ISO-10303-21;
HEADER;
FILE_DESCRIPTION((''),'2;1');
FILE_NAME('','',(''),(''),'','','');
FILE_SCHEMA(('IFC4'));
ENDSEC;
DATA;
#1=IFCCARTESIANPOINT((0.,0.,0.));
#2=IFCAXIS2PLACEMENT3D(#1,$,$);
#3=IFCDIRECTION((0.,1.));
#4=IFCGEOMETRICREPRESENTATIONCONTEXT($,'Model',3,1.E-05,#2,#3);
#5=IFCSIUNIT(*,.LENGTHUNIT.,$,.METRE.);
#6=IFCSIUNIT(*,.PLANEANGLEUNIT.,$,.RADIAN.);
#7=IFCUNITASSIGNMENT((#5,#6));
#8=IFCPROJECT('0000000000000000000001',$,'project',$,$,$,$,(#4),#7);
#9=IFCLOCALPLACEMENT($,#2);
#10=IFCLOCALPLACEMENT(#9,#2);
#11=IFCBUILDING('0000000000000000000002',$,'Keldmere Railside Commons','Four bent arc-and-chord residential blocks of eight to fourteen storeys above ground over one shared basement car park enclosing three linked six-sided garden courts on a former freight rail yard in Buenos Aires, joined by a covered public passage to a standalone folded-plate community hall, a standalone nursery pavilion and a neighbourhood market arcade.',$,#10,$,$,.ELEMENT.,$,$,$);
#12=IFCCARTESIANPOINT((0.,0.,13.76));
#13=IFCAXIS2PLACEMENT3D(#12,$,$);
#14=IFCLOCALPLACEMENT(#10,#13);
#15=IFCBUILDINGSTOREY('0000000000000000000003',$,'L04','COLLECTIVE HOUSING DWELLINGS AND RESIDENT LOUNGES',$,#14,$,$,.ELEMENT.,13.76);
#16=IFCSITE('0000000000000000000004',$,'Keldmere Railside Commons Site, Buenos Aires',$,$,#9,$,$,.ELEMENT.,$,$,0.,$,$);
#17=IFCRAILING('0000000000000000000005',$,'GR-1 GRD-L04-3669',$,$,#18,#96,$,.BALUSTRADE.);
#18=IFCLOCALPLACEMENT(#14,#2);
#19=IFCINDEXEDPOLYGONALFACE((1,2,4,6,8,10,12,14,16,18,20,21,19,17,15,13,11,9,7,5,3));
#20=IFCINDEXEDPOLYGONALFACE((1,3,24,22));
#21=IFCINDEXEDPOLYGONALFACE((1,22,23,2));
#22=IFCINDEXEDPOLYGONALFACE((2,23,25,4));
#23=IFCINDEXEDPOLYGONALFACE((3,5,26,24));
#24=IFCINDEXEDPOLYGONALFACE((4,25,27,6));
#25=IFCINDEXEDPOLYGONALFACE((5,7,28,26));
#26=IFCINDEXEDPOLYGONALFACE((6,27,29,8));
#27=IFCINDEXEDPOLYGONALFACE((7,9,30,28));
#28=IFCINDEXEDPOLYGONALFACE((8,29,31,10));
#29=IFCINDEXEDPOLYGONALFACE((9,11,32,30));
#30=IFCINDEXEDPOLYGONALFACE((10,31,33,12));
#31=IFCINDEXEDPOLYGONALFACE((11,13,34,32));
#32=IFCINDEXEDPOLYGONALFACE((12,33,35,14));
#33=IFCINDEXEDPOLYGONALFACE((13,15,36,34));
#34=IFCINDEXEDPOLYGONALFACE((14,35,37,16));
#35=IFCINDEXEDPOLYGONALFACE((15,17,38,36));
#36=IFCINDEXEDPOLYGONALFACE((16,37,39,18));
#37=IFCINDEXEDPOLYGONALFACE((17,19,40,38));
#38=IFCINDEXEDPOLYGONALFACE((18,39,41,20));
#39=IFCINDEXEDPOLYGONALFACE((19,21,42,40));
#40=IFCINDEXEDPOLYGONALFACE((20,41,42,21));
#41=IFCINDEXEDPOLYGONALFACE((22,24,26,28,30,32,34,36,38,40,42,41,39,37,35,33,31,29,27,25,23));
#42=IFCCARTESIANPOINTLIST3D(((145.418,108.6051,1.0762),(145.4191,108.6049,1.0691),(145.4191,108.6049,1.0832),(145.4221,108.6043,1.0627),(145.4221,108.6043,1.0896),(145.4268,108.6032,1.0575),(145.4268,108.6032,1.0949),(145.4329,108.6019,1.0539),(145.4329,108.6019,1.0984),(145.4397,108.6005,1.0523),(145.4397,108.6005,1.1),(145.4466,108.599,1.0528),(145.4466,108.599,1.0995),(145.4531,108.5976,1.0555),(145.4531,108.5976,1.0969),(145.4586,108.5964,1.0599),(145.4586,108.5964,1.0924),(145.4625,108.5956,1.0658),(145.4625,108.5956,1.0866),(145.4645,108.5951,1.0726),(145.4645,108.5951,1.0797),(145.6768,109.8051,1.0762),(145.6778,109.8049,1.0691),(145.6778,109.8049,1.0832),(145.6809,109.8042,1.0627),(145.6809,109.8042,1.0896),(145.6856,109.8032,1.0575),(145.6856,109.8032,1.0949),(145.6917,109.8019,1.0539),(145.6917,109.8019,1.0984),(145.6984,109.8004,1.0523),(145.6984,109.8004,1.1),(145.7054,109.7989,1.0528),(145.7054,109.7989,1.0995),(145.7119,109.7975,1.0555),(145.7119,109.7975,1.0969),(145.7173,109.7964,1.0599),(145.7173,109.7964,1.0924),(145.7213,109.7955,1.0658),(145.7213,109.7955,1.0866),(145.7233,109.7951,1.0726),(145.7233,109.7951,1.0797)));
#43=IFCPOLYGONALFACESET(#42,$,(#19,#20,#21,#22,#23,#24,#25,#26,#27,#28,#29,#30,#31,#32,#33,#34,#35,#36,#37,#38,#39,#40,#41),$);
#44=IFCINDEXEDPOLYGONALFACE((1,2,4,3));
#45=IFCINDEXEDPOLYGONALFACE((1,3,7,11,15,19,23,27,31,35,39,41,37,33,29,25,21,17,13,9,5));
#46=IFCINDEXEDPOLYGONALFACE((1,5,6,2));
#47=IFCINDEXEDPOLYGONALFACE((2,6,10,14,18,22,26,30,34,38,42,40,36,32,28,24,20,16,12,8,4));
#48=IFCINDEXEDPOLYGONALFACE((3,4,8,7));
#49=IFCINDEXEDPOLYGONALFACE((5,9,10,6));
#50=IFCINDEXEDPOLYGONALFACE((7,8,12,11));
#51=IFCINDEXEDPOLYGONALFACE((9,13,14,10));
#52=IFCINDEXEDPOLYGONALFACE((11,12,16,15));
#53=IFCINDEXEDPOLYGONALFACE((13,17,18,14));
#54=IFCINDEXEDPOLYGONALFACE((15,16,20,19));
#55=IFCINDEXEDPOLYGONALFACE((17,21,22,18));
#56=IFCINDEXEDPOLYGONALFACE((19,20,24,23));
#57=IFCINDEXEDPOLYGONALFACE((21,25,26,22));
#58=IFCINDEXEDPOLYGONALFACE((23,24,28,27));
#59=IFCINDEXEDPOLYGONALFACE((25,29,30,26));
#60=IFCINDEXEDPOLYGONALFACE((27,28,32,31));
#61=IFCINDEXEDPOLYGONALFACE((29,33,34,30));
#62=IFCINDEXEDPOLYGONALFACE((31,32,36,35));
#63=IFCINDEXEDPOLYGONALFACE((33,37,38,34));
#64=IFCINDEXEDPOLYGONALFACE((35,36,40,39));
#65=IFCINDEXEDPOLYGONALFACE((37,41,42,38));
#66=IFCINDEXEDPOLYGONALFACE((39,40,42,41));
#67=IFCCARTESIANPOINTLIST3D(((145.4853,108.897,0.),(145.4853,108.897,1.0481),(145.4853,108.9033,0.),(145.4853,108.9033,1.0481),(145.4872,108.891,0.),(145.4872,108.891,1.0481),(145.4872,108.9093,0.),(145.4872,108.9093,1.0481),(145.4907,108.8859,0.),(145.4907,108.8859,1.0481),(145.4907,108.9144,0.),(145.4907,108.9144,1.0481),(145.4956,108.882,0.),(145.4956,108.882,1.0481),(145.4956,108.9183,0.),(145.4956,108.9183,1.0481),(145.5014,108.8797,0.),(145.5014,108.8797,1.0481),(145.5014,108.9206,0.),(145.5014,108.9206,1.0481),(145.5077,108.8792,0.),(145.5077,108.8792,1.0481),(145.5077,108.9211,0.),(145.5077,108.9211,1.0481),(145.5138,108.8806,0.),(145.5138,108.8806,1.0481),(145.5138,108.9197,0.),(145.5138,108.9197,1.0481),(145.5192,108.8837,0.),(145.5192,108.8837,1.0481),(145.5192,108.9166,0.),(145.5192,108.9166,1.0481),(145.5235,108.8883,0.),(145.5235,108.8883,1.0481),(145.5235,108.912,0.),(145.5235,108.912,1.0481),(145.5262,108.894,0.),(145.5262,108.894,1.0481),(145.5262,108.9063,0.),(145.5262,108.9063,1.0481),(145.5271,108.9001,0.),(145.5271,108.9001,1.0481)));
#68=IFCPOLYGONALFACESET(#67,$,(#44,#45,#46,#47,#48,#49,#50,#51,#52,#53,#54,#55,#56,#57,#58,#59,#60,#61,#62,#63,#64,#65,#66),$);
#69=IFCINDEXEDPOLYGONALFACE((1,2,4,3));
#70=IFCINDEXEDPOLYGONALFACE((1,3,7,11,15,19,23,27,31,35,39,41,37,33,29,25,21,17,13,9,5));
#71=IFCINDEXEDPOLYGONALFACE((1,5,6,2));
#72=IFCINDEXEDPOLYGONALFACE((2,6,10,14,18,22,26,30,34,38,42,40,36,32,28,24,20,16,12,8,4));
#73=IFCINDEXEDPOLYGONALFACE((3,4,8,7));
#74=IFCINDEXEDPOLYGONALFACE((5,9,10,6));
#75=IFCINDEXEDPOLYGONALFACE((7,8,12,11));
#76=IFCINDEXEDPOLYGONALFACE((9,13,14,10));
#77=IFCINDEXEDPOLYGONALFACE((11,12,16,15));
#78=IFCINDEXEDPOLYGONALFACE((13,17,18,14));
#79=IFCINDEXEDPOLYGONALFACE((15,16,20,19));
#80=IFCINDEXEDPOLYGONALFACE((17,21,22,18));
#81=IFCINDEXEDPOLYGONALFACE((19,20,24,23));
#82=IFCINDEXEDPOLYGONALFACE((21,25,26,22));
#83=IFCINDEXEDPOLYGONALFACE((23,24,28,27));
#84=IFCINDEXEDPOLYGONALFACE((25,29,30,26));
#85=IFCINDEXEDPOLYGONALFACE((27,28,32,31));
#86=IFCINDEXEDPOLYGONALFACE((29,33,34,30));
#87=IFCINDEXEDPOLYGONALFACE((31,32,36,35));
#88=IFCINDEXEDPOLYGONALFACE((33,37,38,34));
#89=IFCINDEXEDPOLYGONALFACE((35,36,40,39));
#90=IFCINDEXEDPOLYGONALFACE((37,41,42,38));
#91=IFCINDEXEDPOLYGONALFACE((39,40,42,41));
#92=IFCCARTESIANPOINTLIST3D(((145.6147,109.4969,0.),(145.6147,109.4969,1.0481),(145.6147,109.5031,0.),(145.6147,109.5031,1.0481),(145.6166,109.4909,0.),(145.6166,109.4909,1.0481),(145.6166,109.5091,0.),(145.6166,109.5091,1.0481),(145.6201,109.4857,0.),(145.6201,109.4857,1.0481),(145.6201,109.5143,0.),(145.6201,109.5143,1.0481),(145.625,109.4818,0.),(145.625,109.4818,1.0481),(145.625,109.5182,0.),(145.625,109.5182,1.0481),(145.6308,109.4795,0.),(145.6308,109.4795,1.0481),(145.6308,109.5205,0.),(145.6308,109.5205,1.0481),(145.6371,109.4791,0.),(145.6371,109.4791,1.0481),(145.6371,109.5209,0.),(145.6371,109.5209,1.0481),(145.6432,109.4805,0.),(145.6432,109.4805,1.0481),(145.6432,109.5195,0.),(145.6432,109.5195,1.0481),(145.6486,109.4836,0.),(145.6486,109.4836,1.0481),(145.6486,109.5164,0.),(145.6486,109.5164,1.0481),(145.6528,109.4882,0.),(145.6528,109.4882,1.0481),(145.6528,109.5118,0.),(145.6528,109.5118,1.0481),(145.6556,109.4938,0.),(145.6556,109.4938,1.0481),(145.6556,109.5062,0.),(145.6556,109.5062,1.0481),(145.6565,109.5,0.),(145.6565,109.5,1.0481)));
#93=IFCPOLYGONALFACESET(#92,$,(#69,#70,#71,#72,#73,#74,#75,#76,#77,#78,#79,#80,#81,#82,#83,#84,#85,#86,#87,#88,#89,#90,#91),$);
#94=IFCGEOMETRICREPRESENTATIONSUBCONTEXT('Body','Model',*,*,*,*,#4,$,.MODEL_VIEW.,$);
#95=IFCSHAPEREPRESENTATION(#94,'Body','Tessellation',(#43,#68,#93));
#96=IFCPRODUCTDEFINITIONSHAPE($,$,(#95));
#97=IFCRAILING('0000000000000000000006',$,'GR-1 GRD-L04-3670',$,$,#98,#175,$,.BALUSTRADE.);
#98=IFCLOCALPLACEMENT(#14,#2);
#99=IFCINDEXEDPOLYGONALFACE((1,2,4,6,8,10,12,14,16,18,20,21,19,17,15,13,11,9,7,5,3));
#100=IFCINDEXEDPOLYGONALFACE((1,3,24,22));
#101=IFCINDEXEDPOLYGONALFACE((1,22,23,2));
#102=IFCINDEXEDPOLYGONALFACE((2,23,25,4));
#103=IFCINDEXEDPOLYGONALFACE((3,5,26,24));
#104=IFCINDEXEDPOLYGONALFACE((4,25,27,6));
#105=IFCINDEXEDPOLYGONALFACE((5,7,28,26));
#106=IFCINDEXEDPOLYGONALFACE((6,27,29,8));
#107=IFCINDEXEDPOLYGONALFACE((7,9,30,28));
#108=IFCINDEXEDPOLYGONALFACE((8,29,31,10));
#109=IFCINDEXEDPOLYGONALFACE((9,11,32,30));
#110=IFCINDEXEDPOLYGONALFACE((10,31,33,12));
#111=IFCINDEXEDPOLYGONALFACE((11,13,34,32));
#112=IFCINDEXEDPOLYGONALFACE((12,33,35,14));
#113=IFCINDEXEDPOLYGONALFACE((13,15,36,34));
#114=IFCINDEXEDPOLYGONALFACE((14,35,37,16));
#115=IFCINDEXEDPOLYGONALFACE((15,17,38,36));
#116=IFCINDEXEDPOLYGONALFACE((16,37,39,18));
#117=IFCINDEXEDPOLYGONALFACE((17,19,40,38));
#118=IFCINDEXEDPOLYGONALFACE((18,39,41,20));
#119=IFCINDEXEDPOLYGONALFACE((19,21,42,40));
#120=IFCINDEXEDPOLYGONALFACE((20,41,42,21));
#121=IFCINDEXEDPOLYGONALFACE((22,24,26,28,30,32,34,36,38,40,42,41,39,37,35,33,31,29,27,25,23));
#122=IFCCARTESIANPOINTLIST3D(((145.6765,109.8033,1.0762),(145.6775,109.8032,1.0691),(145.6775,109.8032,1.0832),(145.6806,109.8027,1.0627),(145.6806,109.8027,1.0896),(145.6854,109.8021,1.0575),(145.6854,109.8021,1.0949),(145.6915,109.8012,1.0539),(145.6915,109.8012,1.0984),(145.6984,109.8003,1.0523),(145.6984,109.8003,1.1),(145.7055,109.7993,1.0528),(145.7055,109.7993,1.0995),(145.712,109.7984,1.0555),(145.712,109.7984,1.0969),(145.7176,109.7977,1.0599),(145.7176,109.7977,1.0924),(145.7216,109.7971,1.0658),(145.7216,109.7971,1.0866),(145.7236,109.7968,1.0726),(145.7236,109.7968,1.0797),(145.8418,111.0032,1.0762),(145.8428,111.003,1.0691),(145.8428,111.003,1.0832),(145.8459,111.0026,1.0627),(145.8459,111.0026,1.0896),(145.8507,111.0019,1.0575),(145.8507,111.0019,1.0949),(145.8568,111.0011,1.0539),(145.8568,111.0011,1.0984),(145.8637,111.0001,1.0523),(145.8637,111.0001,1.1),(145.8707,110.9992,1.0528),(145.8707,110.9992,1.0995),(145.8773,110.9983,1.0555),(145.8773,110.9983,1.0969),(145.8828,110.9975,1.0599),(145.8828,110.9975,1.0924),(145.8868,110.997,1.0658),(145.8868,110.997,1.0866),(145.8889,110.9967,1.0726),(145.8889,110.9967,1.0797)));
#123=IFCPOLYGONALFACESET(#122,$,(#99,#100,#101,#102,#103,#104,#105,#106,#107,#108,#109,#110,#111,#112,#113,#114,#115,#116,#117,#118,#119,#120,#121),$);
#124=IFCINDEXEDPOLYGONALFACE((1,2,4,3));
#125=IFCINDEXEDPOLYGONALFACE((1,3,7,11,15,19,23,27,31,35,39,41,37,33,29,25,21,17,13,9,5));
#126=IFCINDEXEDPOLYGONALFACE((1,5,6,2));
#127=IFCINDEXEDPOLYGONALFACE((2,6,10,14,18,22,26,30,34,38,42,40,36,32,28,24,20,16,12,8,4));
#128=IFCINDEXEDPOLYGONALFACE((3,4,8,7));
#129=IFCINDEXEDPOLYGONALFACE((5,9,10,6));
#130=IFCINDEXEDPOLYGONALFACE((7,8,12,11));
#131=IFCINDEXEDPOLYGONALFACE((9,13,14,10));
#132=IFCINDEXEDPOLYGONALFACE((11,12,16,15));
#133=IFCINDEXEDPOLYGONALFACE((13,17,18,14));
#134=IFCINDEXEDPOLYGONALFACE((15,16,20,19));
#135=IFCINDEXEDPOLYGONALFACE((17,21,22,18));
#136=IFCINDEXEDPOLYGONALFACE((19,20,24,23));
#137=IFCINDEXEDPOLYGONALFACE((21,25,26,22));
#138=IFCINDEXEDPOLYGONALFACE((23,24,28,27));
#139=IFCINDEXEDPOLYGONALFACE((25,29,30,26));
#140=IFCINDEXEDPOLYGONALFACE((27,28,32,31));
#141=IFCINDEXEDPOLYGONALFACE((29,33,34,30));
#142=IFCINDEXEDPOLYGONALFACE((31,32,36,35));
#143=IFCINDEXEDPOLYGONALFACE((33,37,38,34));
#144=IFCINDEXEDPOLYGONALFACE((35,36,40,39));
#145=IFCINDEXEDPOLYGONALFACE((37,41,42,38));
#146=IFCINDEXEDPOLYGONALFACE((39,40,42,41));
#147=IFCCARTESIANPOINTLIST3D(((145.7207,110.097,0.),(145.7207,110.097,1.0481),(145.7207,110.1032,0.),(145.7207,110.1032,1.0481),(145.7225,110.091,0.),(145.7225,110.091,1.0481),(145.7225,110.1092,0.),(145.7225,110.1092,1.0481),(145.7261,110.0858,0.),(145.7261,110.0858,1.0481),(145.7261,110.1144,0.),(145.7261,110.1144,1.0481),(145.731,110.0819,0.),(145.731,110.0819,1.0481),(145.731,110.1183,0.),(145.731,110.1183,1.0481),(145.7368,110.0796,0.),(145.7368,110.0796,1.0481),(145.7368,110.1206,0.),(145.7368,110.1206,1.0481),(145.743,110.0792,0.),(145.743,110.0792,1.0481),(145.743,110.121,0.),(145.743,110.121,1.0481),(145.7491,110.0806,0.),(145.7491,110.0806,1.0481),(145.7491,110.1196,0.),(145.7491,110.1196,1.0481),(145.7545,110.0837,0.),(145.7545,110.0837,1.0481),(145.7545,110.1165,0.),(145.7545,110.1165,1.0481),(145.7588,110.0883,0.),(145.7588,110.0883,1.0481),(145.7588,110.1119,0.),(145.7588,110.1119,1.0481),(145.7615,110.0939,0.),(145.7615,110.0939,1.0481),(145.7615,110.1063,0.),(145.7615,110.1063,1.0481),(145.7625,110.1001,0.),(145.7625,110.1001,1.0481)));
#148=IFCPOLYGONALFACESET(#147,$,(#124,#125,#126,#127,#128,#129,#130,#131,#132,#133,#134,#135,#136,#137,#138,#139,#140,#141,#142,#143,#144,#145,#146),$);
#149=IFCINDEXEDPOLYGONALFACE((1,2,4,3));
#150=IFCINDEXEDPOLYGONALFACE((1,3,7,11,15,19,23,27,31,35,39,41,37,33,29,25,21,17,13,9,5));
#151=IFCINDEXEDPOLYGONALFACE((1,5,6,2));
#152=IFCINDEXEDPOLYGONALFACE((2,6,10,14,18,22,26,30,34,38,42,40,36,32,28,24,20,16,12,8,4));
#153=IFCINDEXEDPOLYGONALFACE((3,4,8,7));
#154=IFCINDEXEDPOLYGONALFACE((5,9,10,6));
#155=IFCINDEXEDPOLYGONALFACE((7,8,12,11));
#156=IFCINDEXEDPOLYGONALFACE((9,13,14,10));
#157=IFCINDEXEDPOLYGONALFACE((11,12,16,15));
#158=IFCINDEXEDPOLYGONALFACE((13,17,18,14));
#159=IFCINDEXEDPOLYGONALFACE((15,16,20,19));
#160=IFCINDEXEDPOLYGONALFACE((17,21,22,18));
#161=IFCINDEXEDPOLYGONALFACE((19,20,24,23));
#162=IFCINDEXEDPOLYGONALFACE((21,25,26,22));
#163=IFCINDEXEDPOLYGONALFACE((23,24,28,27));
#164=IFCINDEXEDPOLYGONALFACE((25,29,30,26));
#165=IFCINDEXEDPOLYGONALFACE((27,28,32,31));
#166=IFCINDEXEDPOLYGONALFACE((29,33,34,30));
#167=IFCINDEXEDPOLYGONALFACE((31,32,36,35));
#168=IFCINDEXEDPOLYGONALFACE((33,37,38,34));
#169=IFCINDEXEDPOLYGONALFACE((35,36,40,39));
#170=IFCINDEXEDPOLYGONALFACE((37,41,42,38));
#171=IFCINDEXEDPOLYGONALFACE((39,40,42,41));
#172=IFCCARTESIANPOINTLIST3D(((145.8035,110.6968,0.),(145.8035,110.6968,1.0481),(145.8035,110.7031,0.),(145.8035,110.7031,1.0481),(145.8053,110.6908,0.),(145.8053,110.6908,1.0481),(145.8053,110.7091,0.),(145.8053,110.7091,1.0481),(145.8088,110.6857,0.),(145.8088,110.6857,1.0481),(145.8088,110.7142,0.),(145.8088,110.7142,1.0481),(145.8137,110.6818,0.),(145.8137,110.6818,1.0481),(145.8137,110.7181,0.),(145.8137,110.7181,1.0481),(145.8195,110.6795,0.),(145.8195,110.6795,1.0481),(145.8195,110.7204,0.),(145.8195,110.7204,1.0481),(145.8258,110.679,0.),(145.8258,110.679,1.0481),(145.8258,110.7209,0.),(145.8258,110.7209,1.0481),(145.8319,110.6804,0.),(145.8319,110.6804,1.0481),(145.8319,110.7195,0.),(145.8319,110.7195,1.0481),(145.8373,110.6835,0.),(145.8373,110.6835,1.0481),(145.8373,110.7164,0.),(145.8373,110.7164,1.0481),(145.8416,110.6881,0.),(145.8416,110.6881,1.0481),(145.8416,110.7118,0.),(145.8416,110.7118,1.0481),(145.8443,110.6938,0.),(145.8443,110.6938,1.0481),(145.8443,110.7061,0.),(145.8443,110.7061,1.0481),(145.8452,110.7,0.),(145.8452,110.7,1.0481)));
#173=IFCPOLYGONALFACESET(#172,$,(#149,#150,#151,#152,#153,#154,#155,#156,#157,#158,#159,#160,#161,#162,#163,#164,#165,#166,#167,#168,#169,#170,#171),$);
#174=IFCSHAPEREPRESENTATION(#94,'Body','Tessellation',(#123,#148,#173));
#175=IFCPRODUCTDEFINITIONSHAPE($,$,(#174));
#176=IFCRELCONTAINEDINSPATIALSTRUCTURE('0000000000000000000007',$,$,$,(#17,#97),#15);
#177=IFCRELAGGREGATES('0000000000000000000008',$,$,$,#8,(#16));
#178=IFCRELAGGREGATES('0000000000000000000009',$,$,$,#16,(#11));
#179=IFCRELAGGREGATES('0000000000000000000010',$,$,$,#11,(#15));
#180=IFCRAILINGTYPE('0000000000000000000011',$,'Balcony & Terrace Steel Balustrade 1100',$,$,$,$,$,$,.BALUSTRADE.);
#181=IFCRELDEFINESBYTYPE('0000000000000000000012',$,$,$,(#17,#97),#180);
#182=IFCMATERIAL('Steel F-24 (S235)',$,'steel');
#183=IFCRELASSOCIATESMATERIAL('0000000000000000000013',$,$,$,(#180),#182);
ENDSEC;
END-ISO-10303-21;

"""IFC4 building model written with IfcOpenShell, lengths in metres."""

from ifc_helpers import new_model, si_unit, direction, frame, origin, origin_2d, place, context, subcontext, project, spatial, circle, extrude, material, type_object, element, save


model = new_model("IFC4")

# Units and contexts
model_context = context("Model", 3, precision=1e-05, world=origin(), true_north=direction((0.0, 1.0)))
body_context = subcontext(model_context, "Body", "Model", "MODEL_VIEW")
ifc_project = project(units=[si_unit("LENGTHUNIT", "METRE"), si_unit("PLANEANGLEUNIT", "RADIAN")], contexts=[model_context])

# Site, building, storey
site_placement = place(None, origin())
site = spatial("IfcSite", under=ifc_project, at=site_placement, Name="Keldmere Railside Commons Site, Buenos Aires", CompositionType="ELEMENT", RefElevation=0.0)
building_placement = place(site_placement, origin())
building = spatial("IfcBuilding", under=site, at=building_placement, Name="Keldmere Railside Commons", Description="Four bent arc-and-chord residential blocks of eight to fourteen storeys above ground over one shared basement car park enclosing three linked six-sided garden courts on a former freight rail yard in Buenos Aires, joined by a covered public passage to a standalone folded-plate community hall, a standalone nursery pavilion and a neighbourhood market arcade.", CompositionType="ELEMENT")
storey_placement = place(building_placement, frame((0.0, 0.0, 13.76)))
storey = spatial("IfcBuildingStorey", under=building, at=storey_placement, Name="L04", Description="COLLECTIVE HOUSING DWELLINGS AND RESIDENT LOUNGES", CompositionType="ELEMENT", Elevation=13.76)

# Shared definitions
ifc_material_1 = material(Name="Steel F-24 (S235)", Category="steel")

# Railings
railing_type = type_object("IfcRailingType", Name="Balcony & Terrace Steel Balustrade 1100", PredefinedType="BALUSTRADE", material=ifc_material_1)
railing_1_placement = place(storey_placement, frame((145.4414, 108.6001, 0.0)))
element("IfcRailing", 1, at=railing_1_placement, inside=storey, type_object=railing_type, Name="GR-1 GRD-L04-3669", PredefinedType="BALUSTRADE", context=body_context, shape_type="SweptSolid", body=[
    extrude(circle(Radius=0.0239, at=origin_2d()), frame((0.0, 0.0, 1.0762), z_axis=(0.210819, 0.977525, 0.0), x_axis=(-0.977525, 0.210819, 0.0)), (0.0, 0.0, 1.0), 1.2275),
    extrude(circle(Radius=0.021, at=origin_2d()), frame((0.0647, 0.3, 0.0)), (0.0, 0.0, 1.0), 1.0481),
    extrude(circle(Radius=0.021, at=origin_2d()), frame((0.1941, 0.8999, 0.0)), (0.0, 0.0, 1.0), 1.0481),
])
railing_2_placement = place(storey_placement, frame((145.7002, 109.8, 0.0)))
element("IfcRailing", 2, at=railing_2_placement, inside=storey, type_object=railing_type, Name="GR-1 GRD-L04-3670", PredefinedType="BALUSTRADE", context=body_context, shape_type="SweptSolid", body=[
    extrude(circle(Radius=0.0239, at=origin_2d()), frame((0.0, 0.0, 1.0762), z_axis=(0.136453, 0.990647, 0.0), x_axis=(-0.990647, 0.136453, 0.0)), (0.0, 0.0, 1.0), 1.2112),
    extrude(circle(Radius=0.021, at=origin_2d()), frame((0.0413, 0.3, 0.0)), (0.0, 0.0, 1.0), 1.0481),
    extrude(circle(Radius=0.021, at=origin_2d()), frame((0.124, 0.8999, 0.0)), (0.0, 0.0, 1.0), 1.0481),
])

save(model, "model.ifc")
